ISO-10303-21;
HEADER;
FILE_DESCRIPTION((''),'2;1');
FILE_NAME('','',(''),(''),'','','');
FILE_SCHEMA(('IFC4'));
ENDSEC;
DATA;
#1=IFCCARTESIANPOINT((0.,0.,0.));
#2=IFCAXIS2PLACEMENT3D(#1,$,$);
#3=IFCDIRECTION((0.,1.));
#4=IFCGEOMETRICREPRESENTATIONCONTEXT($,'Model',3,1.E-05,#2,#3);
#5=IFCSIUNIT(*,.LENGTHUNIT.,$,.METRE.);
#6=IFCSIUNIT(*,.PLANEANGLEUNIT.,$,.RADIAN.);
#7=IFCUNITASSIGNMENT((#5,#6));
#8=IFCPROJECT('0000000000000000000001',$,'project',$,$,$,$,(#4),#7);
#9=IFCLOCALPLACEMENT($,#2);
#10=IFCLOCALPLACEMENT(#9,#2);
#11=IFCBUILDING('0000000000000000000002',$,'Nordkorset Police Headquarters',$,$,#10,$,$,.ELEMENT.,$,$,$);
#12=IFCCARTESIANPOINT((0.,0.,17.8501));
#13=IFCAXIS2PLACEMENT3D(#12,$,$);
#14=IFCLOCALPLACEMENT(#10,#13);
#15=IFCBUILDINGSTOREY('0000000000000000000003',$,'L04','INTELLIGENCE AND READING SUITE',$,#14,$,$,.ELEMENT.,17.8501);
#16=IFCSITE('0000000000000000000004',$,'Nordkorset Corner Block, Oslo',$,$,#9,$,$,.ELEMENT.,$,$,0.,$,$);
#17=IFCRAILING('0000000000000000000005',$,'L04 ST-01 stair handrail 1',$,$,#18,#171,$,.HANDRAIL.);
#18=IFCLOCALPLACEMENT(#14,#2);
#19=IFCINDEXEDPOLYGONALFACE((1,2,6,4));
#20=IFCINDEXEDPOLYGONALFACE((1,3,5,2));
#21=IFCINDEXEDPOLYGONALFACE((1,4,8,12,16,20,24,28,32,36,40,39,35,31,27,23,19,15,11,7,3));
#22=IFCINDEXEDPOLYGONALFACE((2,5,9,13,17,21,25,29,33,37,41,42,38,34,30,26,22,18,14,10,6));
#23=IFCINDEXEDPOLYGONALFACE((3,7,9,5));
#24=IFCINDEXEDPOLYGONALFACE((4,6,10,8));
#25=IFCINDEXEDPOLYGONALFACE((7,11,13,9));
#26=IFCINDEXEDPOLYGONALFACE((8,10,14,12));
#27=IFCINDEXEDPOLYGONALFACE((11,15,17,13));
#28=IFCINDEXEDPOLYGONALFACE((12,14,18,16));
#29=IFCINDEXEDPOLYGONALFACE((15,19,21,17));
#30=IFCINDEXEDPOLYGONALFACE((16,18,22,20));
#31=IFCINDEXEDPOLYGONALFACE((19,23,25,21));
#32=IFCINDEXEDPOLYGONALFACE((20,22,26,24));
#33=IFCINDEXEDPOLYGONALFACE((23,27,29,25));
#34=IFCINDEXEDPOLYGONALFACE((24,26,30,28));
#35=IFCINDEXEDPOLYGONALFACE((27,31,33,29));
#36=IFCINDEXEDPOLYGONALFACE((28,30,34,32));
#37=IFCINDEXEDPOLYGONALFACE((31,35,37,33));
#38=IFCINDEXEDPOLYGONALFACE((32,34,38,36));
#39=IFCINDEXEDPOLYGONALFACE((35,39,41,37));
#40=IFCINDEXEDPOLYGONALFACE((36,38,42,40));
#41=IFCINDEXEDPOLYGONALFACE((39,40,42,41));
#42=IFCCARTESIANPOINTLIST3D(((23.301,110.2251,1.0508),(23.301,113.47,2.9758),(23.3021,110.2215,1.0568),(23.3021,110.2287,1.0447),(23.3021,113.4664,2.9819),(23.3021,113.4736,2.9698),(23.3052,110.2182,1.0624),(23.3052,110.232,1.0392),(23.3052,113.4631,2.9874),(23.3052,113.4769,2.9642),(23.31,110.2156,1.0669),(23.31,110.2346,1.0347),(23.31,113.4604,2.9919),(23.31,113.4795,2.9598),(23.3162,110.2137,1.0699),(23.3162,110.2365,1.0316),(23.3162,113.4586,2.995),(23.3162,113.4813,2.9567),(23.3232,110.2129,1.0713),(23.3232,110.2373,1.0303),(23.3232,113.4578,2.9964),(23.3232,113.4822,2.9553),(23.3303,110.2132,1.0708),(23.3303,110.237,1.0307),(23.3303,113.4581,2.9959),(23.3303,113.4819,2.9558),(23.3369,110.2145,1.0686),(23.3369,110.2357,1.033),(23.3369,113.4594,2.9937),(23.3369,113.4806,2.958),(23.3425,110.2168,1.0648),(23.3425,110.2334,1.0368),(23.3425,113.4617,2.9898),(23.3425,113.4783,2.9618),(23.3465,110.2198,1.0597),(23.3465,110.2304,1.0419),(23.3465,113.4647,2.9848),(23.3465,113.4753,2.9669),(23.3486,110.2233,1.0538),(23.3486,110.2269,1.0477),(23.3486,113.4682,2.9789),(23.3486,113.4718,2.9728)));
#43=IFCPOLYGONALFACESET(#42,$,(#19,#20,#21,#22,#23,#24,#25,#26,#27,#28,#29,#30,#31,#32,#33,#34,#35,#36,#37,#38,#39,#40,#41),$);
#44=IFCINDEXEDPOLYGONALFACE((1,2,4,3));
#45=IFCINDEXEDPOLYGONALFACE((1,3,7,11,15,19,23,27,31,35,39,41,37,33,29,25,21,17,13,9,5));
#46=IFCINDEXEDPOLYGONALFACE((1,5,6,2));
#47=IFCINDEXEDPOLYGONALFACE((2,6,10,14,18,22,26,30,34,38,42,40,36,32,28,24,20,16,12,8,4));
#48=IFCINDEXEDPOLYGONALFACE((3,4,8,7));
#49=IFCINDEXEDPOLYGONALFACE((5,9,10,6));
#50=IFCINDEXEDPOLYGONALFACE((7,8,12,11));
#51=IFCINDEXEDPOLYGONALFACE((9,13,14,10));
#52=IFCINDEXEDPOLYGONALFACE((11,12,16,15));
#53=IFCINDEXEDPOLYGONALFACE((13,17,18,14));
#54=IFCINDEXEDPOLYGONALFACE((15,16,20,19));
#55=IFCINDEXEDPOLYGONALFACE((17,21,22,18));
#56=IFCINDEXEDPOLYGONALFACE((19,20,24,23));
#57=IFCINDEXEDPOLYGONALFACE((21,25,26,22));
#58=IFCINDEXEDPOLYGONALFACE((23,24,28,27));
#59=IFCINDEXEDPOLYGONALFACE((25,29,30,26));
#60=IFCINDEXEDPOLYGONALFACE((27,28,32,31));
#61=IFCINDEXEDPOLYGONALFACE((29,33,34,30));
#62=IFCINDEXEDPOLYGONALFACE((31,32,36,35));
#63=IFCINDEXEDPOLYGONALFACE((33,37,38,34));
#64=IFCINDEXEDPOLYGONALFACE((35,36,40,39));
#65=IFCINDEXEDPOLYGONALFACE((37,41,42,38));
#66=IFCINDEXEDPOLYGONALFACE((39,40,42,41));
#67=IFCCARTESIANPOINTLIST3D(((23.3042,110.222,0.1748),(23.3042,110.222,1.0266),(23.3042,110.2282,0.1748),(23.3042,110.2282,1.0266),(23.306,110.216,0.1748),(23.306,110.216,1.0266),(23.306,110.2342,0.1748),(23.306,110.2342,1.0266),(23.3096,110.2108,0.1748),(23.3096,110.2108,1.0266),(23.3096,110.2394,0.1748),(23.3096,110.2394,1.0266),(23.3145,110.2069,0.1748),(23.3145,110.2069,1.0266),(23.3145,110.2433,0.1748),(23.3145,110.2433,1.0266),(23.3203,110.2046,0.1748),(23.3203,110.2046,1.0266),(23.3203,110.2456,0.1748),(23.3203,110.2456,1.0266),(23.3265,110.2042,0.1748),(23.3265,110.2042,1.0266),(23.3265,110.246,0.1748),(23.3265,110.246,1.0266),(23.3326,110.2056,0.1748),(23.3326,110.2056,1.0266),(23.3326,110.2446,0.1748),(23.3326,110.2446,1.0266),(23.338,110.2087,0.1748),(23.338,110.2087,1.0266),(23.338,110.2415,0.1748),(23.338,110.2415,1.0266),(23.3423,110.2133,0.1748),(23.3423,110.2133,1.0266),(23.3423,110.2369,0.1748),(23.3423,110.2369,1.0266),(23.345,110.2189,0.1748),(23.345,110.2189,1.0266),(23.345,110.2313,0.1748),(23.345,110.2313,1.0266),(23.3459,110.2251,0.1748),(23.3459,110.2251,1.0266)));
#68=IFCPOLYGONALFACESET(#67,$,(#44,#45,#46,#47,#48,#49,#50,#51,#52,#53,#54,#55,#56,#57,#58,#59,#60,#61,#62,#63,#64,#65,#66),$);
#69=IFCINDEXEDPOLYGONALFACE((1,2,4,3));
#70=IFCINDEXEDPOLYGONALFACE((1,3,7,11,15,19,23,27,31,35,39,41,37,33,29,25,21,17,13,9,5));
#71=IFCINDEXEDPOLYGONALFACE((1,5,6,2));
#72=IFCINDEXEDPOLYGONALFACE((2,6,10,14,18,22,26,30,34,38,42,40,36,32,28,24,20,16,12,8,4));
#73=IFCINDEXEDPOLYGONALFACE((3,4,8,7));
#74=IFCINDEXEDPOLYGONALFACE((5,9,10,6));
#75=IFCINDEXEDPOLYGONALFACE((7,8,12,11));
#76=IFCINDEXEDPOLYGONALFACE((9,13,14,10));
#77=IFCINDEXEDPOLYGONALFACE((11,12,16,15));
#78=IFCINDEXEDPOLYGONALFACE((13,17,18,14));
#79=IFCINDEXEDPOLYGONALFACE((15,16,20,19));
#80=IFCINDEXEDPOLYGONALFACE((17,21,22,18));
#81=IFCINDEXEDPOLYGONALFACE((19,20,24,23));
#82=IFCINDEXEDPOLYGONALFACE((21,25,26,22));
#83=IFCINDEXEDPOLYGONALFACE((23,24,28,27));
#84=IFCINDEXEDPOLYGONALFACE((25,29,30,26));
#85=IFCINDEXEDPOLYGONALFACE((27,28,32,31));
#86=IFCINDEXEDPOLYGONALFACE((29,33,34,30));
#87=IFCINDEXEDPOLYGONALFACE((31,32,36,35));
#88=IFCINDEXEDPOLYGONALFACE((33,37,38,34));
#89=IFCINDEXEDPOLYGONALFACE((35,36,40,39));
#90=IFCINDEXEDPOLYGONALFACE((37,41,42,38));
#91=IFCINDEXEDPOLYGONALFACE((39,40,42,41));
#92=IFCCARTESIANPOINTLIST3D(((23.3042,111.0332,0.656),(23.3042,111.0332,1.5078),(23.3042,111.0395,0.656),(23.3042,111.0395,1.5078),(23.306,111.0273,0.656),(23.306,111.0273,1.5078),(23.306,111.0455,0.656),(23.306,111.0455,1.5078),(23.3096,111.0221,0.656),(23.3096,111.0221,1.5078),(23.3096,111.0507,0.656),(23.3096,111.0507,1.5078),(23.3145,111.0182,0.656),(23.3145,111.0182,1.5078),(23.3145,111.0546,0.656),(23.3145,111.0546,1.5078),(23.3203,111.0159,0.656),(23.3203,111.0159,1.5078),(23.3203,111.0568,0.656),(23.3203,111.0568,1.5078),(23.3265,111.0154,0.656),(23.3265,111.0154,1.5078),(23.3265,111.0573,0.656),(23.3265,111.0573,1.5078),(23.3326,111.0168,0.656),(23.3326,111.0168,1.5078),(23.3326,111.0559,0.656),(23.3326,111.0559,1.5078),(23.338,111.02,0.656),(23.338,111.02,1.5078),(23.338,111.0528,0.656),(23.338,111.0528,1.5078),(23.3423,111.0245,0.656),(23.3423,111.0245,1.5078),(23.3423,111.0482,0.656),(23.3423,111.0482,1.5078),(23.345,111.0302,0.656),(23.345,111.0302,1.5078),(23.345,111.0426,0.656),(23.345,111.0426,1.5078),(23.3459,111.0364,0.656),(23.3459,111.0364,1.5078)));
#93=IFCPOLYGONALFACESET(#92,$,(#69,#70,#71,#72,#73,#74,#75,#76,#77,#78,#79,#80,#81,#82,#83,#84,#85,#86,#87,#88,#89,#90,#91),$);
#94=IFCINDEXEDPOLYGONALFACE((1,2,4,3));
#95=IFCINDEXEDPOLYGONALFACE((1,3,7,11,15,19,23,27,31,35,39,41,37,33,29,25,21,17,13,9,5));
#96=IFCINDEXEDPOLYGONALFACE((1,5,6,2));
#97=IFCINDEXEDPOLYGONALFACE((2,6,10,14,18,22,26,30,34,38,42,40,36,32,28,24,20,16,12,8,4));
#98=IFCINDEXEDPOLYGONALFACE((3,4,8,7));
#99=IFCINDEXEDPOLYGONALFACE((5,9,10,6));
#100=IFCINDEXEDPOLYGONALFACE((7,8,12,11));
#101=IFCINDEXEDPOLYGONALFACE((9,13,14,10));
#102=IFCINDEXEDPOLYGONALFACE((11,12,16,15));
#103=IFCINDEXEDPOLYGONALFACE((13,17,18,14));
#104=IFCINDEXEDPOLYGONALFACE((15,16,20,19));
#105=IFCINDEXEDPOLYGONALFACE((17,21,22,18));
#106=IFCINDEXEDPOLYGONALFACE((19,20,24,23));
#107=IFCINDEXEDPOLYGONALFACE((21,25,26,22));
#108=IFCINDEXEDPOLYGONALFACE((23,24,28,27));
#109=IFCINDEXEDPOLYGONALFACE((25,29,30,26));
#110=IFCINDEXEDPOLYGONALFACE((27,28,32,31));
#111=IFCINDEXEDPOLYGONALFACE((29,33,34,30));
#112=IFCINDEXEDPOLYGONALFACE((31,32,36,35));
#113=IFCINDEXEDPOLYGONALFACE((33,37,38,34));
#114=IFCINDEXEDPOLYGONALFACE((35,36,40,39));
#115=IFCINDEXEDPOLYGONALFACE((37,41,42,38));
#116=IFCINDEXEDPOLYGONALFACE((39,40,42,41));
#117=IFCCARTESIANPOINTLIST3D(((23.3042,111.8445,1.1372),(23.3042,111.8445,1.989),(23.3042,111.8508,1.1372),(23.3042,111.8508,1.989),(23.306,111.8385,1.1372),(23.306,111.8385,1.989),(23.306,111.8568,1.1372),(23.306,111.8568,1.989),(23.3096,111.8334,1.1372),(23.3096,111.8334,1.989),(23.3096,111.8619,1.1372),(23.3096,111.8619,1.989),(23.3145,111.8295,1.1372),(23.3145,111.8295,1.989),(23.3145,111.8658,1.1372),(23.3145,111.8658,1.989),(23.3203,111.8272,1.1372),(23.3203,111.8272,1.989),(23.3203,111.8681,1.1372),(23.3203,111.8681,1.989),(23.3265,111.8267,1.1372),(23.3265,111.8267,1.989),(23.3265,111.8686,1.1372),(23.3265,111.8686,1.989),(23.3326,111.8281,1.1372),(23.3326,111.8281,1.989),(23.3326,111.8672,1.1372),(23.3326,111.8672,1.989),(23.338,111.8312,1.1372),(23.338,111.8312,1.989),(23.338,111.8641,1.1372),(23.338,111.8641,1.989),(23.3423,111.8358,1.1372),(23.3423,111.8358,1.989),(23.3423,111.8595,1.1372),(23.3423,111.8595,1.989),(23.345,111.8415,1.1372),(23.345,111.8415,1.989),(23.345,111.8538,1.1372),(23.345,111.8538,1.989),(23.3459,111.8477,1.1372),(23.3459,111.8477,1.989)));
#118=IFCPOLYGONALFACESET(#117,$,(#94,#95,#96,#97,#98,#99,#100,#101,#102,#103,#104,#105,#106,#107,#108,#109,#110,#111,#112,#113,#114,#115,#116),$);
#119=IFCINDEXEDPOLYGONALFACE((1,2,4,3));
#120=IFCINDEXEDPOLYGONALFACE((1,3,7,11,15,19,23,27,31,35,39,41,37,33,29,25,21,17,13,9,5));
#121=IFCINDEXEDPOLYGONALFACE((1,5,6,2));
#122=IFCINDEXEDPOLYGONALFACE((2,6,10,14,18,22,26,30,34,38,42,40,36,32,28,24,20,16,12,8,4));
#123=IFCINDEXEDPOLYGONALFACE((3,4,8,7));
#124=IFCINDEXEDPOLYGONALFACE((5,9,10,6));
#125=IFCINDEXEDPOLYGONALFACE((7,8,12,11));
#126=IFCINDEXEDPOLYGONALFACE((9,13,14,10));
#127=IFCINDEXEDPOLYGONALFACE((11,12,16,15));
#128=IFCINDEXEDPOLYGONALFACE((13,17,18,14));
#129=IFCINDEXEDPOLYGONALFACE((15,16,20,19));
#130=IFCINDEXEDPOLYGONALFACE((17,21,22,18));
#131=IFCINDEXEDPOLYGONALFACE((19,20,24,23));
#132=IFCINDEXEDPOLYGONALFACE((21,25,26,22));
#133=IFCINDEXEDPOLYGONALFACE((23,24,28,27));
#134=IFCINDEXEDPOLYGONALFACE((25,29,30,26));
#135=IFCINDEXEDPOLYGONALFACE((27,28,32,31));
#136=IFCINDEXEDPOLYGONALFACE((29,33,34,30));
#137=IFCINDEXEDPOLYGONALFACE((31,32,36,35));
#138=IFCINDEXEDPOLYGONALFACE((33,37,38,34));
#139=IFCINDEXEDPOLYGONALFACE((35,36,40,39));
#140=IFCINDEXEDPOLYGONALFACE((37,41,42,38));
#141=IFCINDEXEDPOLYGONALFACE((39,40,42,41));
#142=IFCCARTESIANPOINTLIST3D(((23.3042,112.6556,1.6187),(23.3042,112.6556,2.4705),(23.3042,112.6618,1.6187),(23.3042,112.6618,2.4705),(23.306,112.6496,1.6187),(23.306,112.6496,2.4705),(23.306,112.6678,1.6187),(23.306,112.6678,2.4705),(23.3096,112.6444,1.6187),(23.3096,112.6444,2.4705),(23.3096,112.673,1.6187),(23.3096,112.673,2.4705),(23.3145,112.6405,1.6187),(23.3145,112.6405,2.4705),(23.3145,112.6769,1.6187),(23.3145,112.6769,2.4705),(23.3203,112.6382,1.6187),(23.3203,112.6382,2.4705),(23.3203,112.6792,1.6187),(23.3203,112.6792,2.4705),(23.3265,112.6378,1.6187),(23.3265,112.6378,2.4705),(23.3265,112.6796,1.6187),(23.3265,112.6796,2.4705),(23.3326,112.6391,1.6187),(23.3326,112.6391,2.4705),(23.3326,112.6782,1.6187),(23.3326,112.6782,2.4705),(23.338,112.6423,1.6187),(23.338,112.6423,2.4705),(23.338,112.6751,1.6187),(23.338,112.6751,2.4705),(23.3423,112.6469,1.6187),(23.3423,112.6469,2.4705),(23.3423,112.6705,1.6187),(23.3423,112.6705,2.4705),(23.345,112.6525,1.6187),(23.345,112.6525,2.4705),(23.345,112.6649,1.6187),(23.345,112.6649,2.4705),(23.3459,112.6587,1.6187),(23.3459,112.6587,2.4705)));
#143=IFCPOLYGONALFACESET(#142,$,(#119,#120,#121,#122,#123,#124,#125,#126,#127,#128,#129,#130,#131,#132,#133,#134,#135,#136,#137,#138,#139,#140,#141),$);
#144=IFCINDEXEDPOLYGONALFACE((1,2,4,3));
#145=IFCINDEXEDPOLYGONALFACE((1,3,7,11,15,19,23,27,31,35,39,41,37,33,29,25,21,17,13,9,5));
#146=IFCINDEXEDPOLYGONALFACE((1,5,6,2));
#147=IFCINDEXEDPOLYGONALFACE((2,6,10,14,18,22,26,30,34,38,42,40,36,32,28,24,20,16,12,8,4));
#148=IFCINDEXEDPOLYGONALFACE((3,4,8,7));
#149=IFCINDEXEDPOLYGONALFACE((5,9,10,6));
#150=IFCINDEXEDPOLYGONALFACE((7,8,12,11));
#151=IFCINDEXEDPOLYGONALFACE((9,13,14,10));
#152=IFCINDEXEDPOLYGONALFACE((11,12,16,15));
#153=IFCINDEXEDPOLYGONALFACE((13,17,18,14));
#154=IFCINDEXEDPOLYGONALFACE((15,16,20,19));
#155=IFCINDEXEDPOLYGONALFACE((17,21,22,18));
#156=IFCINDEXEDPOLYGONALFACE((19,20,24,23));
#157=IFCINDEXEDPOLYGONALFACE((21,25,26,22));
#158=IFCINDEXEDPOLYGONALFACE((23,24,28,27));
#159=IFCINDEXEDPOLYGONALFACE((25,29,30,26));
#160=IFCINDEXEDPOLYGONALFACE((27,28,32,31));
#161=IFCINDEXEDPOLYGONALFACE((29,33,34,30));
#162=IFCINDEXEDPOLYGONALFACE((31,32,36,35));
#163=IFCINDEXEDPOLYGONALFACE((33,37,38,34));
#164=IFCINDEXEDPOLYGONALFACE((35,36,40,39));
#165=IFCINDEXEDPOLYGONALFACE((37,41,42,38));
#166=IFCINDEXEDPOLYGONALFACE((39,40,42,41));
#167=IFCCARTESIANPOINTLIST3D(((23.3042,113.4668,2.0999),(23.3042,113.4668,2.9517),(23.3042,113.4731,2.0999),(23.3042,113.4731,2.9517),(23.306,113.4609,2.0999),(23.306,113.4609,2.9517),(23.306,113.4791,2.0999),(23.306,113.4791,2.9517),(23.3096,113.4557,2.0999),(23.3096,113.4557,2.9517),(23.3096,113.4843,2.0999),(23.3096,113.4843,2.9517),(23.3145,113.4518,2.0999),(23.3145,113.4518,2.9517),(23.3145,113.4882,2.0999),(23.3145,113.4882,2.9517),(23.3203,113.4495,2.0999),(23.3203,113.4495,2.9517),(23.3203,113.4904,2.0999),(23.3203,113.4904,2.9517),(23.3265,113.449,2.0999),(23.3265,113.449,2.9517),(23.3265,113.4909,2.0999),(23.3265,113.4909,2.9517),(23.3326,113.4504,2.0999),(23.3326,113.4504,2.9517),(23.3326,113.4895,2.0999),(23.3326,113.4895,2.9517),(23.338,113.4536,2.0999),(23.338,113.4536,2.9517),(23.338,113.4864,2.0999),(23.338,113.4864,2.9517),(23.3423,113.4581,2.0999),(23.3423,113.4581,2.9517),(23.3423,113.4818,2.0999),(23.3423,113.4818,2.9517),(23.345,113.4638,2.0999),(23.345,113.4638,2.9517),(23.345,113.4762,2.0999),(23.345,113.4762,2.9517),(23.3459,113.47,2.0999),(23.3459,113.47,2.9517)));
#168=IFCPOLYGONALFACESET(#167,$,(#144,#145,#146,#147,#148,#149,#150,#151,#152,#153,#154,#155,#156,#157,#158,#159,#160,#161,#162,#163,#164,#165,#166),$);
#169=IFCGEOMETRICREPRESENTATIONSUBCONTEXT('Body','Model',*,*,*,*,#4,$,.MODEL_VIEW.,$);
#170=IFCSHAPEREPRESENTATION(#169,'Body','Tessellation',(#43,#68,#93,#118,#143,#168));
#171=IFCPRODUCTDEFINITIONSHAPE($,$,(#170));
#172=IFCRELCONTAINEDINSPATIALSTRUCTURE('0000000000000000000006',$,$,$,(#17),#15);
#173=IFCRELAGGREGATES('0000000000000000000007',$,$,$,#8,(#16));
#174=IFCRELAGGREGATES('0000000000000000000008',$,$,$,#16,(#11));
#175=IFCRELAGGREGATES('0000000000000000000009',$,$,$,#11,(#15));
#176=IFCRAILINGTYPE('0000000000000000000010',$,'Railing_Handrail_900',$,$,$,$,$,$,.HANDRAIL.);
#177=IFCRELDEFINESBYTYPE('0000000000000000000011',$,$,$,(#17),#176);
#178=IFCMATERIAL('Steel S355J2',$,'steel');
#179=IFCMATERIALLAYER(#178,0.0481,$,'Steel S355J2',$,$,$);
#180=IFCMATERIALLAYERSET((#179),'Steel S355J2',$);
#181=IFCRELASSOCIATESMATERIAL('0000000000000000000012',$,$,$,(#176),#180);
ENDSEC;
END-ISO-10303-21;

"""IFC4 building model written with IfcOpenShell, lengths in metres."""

from ifc_helpers import new_model, si_unit, direction, frame, origin, origin_2d, place, context, subcontext, project, spatial, circle, extrude, material, layer, layer_set, type_object, element, save


model = new_model("IFC4")

# Units and contexts
model_context = context("Model", 3, precision=1e-05, world=origin(), true_north=direction((0.0, 1.0)))
body_context = subcontext(model_context, "Body", "Model", "MODEL_VIEW")
ifc_project = project(units=[si_unit("LENGTHUNIT", "METRE"), si_unit("PLANEANGLEUNIT", "RADIAN")], contexts=[model_context])

# Site, building, storey
site_placement = place(None, origin())
site = spatial("IfcSite", under=ifc_project, at=site_placement, Name="Nordkorset Corner Block, Oslo", CompositionType="ELEMENT", RefElevation=0.0)
building_placement = place(site_placement, origin())
building = spatial("IfcBuilding", under=site, at=building_placement, Name="Nordkorset Police Headquarters", CompositionType="ELEMENT")
storey_placement = place(building_placement, frame((0.0, 0.0, 17.8501)))
storey = spatial("IfcBuildingStorey", under=building, at=storey_placement, Name="L04", Description="INTELLIGENCE AND READING SUITE", CompositionType="ELEMENT", Elevation=17.8501)

# Railing
ifc_material_1 = material(Name="Steel S355J2", Category="steel")
ifc_layer_1 = layer(ifc_material_1, 0.0481, Name="Steel S355J2")
ifc_layer_set_1 = layer_set([ifc_layer_1], Name="Steel S355J2")
railing_type_1 = type_object("IfcRailingType", Name="Railing_Handrail_900", PredefinedType="HANDRAIL", material=ifc_layer_set_1)
railing_1_placement = place(storey_placement, frame((23.325, 110.2251, 0.1748)))
element("IfcRailing", 1, at=railing_1_placement, inside=storey, type_object=railing_type_1, Name="L04 ST-01 stair handrail 1", PredefinedType="HANDRAIL", context=body_context, shape_type="SweptSolid", body=[
    extrude(circle(Radius=0.0239, at=origin_2d()), frame((0.0, 0.0, 0.876), z_axis=(0.0, 0.86004, 0.510226), x_axis=(-1.0, 0.0, 0.0)), (0.0, 0.0, 1.0), 3.7729),
    extrude(circle(Radius=0.021, at=origin_2d()), origin(), (0.0, 0.0, 1.0), 0.8518),
    extrude(circle(Radius=0.021, at=origin_2d()), frame((0.0, 0.8113, 0.4812)), (0.0, 0.0, 1.0), 0.8518),
    extrude(circle(Radius=0.021, at=origin_2d()), frame((0.0, 1.6226, 0.9624)), (0.0, 0.0, 1.0), 0.8518),
    extrude(circle(Radius=0.021, at=origin_2d()), frame((0.0, 2.4336, 1.4438)), (0.0, 0.0, 1.0), 0.8518),
    extrude(circle(Radius=0.021, at=origin_2d()), frame((0.0, 3.2449, 1.925)), (0.0, 0.0, 1.0), 0.8518),
])

save(model, "model.ifc")
